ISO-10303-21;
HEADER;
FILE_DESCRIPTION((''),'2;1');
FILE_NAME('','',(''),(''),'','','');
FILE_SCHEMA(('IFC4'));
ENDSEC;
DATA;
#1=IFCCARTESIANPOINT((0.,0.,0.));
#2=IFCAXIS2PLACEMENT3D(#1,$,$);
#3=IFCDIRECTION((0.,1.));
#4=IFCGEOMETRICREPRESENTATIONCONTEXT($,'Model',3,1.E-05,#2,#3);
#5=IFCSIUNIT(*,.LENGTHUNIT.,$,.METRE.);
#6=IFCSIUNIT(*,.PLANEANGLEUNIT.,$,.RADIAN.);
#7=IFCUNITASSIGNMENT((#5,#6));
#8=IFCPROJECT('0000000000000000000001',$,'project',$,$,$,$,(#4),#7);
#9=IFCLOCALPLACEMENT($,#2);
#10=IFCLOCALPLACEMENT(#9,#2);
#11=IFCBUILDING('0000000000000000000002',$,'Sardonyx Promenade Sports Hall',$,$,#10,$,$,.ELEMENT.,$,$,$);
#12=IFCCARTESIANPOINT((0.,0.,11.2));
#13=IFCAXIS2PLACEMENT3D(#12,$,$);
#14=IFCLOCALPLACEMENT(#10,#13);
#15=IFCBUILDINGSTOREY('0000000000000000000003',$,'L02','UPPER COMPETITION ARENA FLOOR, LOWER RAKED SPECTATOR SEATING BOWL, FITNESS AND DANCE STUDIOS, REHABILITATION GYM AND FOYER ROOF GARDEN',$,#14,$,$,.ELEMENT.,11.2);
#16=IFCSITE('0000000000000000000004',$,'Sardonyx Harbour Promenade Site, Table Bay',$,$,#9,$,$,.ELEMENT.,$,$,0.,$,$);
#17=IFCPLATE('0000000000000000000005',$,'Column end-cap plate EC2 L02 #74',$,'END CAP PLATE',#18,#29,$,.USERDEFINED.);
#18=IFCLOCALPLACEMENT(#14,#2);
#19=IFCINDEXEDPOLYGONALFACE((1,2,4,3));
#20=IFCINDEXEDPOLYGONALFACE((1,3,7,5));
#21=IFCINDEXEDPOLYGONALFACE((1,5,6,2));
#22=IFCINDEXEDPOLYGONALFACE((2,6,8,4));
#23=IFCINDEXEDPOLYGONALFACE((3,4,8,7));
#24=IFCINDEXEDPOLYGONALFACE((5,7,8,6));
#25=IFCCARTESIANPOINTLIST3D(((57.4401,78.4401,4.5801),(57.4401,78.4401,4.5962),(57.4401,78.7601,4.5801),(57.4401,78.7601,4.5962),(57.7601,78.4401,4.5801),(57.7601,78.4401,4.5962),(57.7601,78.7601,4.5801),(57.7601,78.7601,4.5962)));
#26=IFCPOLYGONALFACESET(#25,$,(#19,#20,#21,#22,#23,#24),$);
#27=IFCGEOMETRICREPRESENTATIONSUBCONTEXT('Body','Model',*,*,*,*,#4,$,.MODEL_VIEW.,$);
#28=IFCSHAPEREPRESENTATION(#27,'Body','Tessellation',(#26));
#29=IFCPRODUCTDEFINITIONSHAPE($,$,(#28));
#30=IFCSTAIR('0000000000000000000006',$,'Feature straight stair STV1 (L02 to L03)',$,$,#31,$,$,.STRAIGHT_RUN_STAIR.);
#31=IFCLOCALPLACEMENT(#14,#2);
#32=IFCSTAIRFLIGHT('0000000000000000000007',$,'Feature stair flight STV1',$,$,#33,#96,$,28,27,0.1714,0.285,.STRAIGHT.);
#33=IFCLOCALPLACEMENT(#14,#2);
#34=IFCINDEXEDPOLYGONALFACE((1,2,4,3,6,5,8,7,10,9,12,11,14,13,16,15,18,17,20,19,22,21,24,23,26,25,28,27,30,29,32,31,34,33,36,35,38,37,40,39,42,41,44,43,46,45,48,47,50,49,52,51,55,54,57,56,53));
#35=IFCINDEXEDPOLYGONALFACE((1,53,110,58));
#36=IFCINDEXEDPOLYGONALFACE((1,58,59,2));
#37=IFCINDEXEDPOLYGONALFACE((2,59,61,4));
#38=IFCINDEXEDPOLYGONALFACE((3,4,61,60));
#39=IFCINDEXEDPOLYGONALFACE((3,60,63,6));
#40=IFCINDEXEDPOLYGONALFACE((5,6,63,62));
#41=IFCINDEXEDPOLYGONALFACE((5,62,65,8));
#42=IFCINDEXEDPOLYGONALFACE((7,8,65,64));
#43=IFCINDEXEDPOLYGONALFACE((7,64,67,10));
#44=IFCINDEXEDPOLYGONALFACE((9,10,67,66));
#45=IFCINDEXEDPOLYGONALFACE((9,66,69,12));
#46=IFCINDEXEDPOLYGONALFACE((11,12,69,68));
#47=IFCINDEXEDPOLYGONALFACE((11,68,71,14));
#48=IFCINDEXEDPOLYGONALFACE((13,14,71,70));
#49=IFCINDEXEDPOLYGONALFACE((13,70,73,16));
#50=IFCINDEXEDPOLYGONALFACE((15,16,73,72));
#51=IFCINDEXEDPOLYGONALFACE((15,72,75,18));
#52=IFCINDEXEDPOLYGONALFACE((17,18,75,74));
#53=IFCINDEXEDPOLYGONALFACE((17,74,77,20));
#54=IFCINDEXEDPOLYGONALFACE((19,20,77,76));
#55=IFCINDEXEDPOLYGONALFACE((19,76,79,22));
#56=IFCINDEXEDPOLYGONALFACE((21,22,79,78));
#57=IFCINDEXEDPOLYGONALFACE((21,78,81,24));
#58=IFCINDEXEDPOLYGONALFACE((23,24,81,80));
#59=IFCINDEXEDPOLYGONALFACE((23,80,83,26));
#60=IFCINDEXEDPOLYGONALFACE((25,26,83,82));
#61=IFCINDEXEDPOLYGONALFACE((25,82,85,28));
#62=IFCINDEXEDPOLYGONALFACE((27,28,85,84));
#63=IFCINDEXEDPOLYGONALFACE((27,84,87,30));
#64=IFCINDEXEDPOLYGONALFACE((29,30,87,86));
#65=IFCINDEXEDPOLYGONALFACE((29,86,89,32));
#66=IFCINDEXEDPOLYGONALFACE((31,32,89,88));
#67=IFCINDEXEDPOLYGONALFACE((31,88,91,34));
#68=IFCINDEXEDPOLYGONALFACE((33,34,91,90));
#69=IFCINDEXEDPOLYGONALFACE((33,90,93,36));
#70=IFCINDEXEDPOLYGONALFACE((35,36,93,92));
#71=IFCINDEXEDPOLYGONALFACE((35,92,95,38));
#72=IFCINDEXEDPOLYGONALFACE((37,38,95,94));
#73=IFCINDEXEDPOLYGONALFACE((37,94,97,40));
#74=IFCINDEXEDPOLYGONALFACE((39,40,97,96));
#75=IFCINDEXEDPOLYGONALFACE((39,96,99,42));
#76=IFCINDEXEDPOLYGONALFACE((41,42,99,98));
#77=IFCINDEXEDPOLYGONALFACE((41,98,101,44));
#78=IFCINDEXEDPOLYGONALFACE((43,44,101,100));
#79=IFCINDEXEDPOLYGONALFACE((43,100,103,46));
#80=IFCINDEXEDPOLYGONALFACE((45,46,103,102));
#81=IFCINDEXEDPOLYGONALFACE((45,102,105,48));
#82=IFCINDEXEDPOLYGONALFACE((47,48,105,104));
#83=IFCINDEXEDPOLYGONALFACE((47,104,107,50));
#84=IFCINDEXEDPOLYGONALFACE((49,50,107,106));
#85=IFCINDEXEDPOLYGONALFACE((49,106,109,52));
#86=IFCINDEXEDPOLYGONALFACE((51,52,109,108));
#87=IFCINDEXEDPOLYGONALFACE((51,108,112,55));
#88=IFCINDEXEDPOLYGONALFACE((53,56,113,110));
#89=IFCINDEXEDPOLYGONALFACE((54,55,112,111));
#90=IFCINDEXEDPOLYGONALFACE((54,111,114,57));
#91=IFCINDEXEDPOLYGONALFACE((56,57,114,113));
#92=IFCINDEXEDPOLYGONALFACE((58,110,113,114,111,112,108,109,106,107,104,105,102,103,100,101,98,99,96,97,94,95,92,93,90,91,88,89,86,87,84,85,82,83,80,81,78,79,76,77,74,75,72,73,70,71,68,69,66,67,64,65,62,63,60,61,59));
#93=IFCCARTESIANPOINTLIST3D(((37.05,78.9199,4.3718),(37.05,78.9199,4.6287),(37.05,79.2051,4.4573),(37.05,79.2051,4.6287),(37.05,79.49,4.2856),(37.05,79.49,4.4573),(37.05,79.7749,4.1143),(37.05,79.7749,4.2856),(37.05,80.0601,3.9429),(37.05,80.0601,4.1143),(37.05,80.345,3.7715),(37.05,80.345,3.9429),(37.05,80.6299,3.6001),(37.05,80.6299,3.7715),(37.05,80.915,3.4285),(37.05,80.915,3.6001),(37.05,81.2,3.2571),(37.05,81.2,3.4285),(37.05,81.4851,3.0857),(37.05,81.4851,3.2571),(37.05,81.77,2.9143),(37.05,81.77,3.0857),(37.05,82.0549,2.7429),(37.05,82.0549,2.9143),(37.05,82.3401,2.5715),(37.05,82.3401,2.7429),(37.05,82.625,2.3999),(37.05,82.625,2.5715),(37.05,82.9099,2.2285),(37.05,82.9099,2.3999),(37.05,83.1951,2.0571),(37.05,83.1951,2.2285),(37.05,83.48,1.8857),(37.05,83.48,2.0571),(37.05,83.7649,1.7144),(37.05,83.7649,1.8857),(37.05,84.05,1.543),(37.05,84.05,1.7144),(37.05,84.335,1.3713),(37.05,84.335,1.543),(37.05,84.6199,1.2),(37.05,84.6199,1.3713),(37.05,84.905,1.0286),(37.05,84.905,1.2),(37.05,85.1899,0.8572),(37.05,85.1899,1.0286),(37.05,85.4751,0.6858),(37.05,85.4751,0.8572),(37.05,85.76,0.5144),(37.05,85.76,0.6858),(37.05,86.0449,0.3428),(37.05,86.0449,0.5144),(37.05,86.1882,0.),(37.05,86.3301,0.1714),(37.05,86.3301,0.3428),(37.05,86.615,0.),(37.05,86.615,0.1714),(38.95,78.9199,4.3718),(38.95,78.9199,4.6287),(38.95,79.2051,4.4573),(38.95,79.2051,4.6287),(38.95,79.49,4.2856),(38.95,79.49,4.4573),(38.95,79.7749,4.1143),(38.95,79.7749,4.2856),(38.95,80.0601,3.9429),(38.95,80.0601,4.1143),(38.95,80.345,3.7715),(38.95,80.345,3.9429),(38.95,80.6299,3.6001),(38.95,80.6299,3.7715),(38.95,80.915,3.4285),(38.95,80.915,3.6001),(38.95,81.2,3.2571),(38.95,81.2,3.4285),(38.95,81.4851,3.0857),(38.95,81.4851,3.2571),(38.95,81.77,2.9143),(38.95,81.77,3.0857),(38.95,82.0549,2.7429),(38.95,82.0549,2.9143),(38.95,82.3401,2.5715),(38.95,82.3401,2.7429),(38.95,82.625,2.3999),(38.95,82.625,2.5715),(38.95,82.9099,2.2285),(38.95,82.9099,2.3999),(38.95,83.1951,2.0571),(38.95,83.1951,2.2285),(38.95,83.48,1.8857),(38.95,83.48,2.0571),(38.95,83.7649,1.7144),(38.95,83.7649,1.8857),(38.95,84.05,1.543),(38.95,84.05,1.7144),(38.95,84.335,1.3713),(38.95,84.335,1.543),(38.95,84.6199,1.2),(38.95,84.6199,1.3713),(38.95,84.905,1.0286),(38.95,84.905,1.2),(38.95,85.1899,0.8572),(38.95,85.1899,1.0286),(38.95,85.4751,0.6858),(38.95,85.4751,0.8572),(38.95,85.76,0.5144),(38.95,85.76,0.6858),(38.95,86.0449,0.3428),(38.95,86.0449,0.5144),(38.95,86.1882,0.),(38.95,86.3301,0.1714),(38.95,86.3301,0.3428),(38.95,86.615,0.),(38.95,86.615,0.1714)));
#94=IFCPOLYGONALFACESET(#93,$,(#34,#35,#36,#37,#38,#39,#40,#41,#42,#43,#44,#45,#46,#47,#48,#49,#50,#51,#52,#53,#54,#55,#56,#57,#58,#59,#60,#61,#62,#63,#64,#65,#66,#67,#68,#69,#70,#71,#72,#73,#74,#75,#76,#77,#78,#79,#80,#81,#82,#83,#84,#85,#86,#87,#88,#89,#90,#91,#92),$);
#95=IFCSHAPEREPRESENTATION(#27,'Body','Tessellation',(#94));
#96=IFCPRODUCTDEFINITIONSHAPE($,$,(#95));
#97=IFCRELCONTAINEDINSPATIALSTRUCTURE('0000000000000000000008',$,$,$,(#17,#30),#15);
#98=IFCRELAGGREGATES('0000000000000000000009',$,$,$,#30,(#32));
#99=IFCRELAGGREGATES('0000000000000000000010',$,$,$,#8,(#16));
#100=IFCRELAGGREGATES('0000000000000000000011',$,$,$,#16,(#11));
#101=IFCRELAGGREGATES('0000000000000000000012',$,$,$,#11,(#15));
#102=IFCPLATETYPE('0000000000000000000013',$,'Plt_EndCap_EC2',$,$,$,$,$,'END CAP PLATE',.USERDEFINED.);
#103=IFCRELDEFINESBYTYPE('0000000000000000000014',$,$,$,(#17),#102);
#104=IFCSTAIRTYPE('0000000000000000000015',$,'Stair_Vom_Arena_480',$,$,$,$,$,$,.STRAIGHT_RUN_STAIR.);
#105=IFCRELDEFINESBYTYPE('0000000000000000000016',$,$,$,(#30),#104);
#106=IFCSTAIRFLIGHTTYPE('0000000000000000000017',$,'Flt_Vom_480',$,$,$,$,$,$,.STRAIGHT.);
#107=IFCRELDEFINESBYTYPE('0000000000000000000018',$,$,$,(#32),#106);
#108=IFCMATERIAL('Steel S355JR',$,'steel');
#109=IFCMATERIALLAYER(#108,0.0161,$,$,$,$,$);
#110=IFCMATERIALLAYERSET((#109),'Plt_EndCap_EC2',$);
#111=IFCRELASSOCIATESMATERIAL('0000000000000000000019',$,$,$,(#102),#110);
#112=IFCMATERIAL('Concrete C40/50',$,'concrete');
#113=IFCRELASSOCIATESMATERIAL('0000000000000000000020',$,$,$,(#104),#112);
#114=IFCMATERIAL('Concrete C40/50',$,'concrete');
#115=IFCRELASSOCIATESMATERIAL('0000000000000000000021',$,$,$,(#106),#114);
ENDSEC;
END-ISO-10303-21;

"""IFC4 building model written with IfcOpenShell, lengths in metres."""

from ifc_helpers import new_model, si_unit, direction, frame, origin, origin_2d, place, context, subcontext, project, spatial, polyline, rectangle, outline, extrude, material, layer, layer_set, type_object, element, aggregate, save


model = new_model("IFC4")

# Units and contexts
model_context = context("Model", 3, precision=1e-05, world=origin(), true_north=direction((0.0, 1.0)))
body_context = subcontext(model_context, "Body", "Model", "MODEL_VIEW")
ifc_project = project(units=[si_unit("LENGTHUNIT", "METRE"), si_unit("PLANEANGLEUNIT", "RADIAN")], contexts=[model_context])

# Site, building, storey
site_placement = place(None, origin())
site = spatial("IfcSite", under=ifc_project, at=site_placement, Name="Sardonyx Harbour Promenade Site, Table Bay", CompositionType="ELEMENT", RefElevation=0.0)
building_placement = place(site_placement, origin())
building = spatial("IfcBuilding", under=site, at=building_placement, Name="Sardonyx Promenade Sports Hall", CompositionType="ELEMENT")
storey_placement = place(building_placement, frame((0.0, 0.0, 11.2)))
storey = spatial("IfcBuildingStorey", under=building, at=storey_placement, Name="L02", Description="UPPER COMPETITION ARENA FLOOR, LOWER RAKED SPECTATOR SEATING BOWL, FITNESS AND DANCE STUDIOS, REHABILITATION GYM AND FOYER ROOF GARDEN", CompositionType="ELEMENT", Elevation=11.2)

# Plate
ifc_material_1 = material(Name="Steel S355JR", Category="steel")
ifc_layer = layer(ifc_material_1, 0.0161)
ifc_layer_set = layer_set([ifc_layer], Name="Plt_EndCap_EC2")
plate_type = type_object("IfcPlateType", Name="Plt_EndCap_EC2", ElementType="END CAP PLATE", PredefinedType="USERDEFINED", material=ifc_layer_set)
for number, where, z_axis, x_axis, name in (
    (1, (57.6001, 78.6001, 4.5801), (0.0, 0.0, 1.0), (1.0, 0.0, 0.0), "Column end-cap plate EC2 L02 #74"),
):
    element("IfcPlate", number, at=place(storey_placement, frame(where, z_axis=z_axis, x_axis=x_axis)), inside=storey, type_object=plate_type, Name=name, ObjectType="END CAP PLATE", PredefinedType="USERDEFINED", context=body_context, shape_type="SweptSolid", body=[
        extrude(rectangle(XDim=0.3201, YDim=0.3201, at=origin_2d()), origin(), (0.0, 0.0, 1.0), 0.0161),
    ])

# Stair, stair flight
ifc_material_2 = material(Name="Concrete C40/50", Category="concrete")
stair_type = type_object("IfcStairType", Name="Stair_Vom_Arena_480", PredefinedType="STRAIGHT_RUN_STAIR", material=ifc_material_2)
stair_placement = place(storey_placement, origin())
stair = element("IfcStair", 2, at=stair_placement, inside=storey, type_object=stair_type, Name="Feature straight stair STV1 (L02 to L03)", PredefinedType="STRAIGHT_RUN_STAIR")
ifc_material_3 = material(Name="Concrete C40/50", Category="concrete")
stair_flight_type = type_object("IfcStairFlightType", Name="Flt_Vom_480", PredefinedType="STRAIGHT", material=ifc_material_3)
stair_flight_placement = place(storey_placement, frame((38.0, 86.615, 0.0), z_axis=(0.0, 0.0, 1.0), x_axis=(0.0, -1.0, 0.0)))
stair_flight = element("IfcStairFlight", 3, at=stair_flight_placement, type_object=stair_flight_type, Name="Feature stair flight STV1", NumberOfRisers=28, NumberOfTreads=27, PredefinedType="STRAIGHT", RiserHeight=0.1714, TreadLength=0.285, context=body_context, shape_type="SweptSolid", body=[
    extrude(outline(polyline([(0.0, 0.0), (0.0, 0.1714), (0.2849, 0.1714), (0.2849, 0.3428), (0.5701, 0.3428), (0.5701, 0.5144), (0.855, 0.5144), (0.855, 0.6858), (1.1399, 0.6858), (1.1399, 0.8572), (1.425, 0.8572), (1.425, 1.0286), (1.71, 1.0286), (1.71, 1.2), (1.9951, 1.2), (1.9951, 1.3713), (2.28, 1.3713), (2.28, 1.543), (2.5649, 1.543), (2.5649, 1.7144), (2.8501, 1.7144), (2.8501, 1.8857), (3.135, 1.8857), (3.135, 2.0571), (3.4199, 2.0571), (3.4199, 2.2285), (3.7051, 2.2285), (3.7051, 2.3999), (3.99, 2.3999), (3.99, 2.5715), (4.2749, 2.5715), (4.2749, 2.7429), (4.5601, 2.7429), (4.5601, 2.9143), (4.845, 2.9143), (4.845, 3.0857), (5.1299, 3.0857), (5.1299, 3.2571), (5.415, 3.2571), (5.415, 3.4285), (5.7, 3.4285), (5.7, 3.6001), (5.9851, 3.6001), (5.9851, 3.7715), (6.27, 3.7715), (6.27, 3.9429), (6.5549, 3.9429), (6.5549, 4.1143), (6.8401, 4.1143), (6.8401, 4.2856), (7.125, 4.2856), (7.125, 4.4573), (7.4099, 4.4573), (7.4099, 4.6287), (7.6951, 4.6287), (7.6951, 4.8), (7.6951, 4.3718), (0.4268, 0.0), (0.0, 0.0)])), frame((0.0, 0.95, 0.0), z_axis=(0.0, -1.0, 0.0), x_axis=(1.0, 0.0, 0.0)), (0.0, 0.0, 1.0), 1.8999),
])
aggregate(stair, [stair_flight])

save(model, "model.ifc")
